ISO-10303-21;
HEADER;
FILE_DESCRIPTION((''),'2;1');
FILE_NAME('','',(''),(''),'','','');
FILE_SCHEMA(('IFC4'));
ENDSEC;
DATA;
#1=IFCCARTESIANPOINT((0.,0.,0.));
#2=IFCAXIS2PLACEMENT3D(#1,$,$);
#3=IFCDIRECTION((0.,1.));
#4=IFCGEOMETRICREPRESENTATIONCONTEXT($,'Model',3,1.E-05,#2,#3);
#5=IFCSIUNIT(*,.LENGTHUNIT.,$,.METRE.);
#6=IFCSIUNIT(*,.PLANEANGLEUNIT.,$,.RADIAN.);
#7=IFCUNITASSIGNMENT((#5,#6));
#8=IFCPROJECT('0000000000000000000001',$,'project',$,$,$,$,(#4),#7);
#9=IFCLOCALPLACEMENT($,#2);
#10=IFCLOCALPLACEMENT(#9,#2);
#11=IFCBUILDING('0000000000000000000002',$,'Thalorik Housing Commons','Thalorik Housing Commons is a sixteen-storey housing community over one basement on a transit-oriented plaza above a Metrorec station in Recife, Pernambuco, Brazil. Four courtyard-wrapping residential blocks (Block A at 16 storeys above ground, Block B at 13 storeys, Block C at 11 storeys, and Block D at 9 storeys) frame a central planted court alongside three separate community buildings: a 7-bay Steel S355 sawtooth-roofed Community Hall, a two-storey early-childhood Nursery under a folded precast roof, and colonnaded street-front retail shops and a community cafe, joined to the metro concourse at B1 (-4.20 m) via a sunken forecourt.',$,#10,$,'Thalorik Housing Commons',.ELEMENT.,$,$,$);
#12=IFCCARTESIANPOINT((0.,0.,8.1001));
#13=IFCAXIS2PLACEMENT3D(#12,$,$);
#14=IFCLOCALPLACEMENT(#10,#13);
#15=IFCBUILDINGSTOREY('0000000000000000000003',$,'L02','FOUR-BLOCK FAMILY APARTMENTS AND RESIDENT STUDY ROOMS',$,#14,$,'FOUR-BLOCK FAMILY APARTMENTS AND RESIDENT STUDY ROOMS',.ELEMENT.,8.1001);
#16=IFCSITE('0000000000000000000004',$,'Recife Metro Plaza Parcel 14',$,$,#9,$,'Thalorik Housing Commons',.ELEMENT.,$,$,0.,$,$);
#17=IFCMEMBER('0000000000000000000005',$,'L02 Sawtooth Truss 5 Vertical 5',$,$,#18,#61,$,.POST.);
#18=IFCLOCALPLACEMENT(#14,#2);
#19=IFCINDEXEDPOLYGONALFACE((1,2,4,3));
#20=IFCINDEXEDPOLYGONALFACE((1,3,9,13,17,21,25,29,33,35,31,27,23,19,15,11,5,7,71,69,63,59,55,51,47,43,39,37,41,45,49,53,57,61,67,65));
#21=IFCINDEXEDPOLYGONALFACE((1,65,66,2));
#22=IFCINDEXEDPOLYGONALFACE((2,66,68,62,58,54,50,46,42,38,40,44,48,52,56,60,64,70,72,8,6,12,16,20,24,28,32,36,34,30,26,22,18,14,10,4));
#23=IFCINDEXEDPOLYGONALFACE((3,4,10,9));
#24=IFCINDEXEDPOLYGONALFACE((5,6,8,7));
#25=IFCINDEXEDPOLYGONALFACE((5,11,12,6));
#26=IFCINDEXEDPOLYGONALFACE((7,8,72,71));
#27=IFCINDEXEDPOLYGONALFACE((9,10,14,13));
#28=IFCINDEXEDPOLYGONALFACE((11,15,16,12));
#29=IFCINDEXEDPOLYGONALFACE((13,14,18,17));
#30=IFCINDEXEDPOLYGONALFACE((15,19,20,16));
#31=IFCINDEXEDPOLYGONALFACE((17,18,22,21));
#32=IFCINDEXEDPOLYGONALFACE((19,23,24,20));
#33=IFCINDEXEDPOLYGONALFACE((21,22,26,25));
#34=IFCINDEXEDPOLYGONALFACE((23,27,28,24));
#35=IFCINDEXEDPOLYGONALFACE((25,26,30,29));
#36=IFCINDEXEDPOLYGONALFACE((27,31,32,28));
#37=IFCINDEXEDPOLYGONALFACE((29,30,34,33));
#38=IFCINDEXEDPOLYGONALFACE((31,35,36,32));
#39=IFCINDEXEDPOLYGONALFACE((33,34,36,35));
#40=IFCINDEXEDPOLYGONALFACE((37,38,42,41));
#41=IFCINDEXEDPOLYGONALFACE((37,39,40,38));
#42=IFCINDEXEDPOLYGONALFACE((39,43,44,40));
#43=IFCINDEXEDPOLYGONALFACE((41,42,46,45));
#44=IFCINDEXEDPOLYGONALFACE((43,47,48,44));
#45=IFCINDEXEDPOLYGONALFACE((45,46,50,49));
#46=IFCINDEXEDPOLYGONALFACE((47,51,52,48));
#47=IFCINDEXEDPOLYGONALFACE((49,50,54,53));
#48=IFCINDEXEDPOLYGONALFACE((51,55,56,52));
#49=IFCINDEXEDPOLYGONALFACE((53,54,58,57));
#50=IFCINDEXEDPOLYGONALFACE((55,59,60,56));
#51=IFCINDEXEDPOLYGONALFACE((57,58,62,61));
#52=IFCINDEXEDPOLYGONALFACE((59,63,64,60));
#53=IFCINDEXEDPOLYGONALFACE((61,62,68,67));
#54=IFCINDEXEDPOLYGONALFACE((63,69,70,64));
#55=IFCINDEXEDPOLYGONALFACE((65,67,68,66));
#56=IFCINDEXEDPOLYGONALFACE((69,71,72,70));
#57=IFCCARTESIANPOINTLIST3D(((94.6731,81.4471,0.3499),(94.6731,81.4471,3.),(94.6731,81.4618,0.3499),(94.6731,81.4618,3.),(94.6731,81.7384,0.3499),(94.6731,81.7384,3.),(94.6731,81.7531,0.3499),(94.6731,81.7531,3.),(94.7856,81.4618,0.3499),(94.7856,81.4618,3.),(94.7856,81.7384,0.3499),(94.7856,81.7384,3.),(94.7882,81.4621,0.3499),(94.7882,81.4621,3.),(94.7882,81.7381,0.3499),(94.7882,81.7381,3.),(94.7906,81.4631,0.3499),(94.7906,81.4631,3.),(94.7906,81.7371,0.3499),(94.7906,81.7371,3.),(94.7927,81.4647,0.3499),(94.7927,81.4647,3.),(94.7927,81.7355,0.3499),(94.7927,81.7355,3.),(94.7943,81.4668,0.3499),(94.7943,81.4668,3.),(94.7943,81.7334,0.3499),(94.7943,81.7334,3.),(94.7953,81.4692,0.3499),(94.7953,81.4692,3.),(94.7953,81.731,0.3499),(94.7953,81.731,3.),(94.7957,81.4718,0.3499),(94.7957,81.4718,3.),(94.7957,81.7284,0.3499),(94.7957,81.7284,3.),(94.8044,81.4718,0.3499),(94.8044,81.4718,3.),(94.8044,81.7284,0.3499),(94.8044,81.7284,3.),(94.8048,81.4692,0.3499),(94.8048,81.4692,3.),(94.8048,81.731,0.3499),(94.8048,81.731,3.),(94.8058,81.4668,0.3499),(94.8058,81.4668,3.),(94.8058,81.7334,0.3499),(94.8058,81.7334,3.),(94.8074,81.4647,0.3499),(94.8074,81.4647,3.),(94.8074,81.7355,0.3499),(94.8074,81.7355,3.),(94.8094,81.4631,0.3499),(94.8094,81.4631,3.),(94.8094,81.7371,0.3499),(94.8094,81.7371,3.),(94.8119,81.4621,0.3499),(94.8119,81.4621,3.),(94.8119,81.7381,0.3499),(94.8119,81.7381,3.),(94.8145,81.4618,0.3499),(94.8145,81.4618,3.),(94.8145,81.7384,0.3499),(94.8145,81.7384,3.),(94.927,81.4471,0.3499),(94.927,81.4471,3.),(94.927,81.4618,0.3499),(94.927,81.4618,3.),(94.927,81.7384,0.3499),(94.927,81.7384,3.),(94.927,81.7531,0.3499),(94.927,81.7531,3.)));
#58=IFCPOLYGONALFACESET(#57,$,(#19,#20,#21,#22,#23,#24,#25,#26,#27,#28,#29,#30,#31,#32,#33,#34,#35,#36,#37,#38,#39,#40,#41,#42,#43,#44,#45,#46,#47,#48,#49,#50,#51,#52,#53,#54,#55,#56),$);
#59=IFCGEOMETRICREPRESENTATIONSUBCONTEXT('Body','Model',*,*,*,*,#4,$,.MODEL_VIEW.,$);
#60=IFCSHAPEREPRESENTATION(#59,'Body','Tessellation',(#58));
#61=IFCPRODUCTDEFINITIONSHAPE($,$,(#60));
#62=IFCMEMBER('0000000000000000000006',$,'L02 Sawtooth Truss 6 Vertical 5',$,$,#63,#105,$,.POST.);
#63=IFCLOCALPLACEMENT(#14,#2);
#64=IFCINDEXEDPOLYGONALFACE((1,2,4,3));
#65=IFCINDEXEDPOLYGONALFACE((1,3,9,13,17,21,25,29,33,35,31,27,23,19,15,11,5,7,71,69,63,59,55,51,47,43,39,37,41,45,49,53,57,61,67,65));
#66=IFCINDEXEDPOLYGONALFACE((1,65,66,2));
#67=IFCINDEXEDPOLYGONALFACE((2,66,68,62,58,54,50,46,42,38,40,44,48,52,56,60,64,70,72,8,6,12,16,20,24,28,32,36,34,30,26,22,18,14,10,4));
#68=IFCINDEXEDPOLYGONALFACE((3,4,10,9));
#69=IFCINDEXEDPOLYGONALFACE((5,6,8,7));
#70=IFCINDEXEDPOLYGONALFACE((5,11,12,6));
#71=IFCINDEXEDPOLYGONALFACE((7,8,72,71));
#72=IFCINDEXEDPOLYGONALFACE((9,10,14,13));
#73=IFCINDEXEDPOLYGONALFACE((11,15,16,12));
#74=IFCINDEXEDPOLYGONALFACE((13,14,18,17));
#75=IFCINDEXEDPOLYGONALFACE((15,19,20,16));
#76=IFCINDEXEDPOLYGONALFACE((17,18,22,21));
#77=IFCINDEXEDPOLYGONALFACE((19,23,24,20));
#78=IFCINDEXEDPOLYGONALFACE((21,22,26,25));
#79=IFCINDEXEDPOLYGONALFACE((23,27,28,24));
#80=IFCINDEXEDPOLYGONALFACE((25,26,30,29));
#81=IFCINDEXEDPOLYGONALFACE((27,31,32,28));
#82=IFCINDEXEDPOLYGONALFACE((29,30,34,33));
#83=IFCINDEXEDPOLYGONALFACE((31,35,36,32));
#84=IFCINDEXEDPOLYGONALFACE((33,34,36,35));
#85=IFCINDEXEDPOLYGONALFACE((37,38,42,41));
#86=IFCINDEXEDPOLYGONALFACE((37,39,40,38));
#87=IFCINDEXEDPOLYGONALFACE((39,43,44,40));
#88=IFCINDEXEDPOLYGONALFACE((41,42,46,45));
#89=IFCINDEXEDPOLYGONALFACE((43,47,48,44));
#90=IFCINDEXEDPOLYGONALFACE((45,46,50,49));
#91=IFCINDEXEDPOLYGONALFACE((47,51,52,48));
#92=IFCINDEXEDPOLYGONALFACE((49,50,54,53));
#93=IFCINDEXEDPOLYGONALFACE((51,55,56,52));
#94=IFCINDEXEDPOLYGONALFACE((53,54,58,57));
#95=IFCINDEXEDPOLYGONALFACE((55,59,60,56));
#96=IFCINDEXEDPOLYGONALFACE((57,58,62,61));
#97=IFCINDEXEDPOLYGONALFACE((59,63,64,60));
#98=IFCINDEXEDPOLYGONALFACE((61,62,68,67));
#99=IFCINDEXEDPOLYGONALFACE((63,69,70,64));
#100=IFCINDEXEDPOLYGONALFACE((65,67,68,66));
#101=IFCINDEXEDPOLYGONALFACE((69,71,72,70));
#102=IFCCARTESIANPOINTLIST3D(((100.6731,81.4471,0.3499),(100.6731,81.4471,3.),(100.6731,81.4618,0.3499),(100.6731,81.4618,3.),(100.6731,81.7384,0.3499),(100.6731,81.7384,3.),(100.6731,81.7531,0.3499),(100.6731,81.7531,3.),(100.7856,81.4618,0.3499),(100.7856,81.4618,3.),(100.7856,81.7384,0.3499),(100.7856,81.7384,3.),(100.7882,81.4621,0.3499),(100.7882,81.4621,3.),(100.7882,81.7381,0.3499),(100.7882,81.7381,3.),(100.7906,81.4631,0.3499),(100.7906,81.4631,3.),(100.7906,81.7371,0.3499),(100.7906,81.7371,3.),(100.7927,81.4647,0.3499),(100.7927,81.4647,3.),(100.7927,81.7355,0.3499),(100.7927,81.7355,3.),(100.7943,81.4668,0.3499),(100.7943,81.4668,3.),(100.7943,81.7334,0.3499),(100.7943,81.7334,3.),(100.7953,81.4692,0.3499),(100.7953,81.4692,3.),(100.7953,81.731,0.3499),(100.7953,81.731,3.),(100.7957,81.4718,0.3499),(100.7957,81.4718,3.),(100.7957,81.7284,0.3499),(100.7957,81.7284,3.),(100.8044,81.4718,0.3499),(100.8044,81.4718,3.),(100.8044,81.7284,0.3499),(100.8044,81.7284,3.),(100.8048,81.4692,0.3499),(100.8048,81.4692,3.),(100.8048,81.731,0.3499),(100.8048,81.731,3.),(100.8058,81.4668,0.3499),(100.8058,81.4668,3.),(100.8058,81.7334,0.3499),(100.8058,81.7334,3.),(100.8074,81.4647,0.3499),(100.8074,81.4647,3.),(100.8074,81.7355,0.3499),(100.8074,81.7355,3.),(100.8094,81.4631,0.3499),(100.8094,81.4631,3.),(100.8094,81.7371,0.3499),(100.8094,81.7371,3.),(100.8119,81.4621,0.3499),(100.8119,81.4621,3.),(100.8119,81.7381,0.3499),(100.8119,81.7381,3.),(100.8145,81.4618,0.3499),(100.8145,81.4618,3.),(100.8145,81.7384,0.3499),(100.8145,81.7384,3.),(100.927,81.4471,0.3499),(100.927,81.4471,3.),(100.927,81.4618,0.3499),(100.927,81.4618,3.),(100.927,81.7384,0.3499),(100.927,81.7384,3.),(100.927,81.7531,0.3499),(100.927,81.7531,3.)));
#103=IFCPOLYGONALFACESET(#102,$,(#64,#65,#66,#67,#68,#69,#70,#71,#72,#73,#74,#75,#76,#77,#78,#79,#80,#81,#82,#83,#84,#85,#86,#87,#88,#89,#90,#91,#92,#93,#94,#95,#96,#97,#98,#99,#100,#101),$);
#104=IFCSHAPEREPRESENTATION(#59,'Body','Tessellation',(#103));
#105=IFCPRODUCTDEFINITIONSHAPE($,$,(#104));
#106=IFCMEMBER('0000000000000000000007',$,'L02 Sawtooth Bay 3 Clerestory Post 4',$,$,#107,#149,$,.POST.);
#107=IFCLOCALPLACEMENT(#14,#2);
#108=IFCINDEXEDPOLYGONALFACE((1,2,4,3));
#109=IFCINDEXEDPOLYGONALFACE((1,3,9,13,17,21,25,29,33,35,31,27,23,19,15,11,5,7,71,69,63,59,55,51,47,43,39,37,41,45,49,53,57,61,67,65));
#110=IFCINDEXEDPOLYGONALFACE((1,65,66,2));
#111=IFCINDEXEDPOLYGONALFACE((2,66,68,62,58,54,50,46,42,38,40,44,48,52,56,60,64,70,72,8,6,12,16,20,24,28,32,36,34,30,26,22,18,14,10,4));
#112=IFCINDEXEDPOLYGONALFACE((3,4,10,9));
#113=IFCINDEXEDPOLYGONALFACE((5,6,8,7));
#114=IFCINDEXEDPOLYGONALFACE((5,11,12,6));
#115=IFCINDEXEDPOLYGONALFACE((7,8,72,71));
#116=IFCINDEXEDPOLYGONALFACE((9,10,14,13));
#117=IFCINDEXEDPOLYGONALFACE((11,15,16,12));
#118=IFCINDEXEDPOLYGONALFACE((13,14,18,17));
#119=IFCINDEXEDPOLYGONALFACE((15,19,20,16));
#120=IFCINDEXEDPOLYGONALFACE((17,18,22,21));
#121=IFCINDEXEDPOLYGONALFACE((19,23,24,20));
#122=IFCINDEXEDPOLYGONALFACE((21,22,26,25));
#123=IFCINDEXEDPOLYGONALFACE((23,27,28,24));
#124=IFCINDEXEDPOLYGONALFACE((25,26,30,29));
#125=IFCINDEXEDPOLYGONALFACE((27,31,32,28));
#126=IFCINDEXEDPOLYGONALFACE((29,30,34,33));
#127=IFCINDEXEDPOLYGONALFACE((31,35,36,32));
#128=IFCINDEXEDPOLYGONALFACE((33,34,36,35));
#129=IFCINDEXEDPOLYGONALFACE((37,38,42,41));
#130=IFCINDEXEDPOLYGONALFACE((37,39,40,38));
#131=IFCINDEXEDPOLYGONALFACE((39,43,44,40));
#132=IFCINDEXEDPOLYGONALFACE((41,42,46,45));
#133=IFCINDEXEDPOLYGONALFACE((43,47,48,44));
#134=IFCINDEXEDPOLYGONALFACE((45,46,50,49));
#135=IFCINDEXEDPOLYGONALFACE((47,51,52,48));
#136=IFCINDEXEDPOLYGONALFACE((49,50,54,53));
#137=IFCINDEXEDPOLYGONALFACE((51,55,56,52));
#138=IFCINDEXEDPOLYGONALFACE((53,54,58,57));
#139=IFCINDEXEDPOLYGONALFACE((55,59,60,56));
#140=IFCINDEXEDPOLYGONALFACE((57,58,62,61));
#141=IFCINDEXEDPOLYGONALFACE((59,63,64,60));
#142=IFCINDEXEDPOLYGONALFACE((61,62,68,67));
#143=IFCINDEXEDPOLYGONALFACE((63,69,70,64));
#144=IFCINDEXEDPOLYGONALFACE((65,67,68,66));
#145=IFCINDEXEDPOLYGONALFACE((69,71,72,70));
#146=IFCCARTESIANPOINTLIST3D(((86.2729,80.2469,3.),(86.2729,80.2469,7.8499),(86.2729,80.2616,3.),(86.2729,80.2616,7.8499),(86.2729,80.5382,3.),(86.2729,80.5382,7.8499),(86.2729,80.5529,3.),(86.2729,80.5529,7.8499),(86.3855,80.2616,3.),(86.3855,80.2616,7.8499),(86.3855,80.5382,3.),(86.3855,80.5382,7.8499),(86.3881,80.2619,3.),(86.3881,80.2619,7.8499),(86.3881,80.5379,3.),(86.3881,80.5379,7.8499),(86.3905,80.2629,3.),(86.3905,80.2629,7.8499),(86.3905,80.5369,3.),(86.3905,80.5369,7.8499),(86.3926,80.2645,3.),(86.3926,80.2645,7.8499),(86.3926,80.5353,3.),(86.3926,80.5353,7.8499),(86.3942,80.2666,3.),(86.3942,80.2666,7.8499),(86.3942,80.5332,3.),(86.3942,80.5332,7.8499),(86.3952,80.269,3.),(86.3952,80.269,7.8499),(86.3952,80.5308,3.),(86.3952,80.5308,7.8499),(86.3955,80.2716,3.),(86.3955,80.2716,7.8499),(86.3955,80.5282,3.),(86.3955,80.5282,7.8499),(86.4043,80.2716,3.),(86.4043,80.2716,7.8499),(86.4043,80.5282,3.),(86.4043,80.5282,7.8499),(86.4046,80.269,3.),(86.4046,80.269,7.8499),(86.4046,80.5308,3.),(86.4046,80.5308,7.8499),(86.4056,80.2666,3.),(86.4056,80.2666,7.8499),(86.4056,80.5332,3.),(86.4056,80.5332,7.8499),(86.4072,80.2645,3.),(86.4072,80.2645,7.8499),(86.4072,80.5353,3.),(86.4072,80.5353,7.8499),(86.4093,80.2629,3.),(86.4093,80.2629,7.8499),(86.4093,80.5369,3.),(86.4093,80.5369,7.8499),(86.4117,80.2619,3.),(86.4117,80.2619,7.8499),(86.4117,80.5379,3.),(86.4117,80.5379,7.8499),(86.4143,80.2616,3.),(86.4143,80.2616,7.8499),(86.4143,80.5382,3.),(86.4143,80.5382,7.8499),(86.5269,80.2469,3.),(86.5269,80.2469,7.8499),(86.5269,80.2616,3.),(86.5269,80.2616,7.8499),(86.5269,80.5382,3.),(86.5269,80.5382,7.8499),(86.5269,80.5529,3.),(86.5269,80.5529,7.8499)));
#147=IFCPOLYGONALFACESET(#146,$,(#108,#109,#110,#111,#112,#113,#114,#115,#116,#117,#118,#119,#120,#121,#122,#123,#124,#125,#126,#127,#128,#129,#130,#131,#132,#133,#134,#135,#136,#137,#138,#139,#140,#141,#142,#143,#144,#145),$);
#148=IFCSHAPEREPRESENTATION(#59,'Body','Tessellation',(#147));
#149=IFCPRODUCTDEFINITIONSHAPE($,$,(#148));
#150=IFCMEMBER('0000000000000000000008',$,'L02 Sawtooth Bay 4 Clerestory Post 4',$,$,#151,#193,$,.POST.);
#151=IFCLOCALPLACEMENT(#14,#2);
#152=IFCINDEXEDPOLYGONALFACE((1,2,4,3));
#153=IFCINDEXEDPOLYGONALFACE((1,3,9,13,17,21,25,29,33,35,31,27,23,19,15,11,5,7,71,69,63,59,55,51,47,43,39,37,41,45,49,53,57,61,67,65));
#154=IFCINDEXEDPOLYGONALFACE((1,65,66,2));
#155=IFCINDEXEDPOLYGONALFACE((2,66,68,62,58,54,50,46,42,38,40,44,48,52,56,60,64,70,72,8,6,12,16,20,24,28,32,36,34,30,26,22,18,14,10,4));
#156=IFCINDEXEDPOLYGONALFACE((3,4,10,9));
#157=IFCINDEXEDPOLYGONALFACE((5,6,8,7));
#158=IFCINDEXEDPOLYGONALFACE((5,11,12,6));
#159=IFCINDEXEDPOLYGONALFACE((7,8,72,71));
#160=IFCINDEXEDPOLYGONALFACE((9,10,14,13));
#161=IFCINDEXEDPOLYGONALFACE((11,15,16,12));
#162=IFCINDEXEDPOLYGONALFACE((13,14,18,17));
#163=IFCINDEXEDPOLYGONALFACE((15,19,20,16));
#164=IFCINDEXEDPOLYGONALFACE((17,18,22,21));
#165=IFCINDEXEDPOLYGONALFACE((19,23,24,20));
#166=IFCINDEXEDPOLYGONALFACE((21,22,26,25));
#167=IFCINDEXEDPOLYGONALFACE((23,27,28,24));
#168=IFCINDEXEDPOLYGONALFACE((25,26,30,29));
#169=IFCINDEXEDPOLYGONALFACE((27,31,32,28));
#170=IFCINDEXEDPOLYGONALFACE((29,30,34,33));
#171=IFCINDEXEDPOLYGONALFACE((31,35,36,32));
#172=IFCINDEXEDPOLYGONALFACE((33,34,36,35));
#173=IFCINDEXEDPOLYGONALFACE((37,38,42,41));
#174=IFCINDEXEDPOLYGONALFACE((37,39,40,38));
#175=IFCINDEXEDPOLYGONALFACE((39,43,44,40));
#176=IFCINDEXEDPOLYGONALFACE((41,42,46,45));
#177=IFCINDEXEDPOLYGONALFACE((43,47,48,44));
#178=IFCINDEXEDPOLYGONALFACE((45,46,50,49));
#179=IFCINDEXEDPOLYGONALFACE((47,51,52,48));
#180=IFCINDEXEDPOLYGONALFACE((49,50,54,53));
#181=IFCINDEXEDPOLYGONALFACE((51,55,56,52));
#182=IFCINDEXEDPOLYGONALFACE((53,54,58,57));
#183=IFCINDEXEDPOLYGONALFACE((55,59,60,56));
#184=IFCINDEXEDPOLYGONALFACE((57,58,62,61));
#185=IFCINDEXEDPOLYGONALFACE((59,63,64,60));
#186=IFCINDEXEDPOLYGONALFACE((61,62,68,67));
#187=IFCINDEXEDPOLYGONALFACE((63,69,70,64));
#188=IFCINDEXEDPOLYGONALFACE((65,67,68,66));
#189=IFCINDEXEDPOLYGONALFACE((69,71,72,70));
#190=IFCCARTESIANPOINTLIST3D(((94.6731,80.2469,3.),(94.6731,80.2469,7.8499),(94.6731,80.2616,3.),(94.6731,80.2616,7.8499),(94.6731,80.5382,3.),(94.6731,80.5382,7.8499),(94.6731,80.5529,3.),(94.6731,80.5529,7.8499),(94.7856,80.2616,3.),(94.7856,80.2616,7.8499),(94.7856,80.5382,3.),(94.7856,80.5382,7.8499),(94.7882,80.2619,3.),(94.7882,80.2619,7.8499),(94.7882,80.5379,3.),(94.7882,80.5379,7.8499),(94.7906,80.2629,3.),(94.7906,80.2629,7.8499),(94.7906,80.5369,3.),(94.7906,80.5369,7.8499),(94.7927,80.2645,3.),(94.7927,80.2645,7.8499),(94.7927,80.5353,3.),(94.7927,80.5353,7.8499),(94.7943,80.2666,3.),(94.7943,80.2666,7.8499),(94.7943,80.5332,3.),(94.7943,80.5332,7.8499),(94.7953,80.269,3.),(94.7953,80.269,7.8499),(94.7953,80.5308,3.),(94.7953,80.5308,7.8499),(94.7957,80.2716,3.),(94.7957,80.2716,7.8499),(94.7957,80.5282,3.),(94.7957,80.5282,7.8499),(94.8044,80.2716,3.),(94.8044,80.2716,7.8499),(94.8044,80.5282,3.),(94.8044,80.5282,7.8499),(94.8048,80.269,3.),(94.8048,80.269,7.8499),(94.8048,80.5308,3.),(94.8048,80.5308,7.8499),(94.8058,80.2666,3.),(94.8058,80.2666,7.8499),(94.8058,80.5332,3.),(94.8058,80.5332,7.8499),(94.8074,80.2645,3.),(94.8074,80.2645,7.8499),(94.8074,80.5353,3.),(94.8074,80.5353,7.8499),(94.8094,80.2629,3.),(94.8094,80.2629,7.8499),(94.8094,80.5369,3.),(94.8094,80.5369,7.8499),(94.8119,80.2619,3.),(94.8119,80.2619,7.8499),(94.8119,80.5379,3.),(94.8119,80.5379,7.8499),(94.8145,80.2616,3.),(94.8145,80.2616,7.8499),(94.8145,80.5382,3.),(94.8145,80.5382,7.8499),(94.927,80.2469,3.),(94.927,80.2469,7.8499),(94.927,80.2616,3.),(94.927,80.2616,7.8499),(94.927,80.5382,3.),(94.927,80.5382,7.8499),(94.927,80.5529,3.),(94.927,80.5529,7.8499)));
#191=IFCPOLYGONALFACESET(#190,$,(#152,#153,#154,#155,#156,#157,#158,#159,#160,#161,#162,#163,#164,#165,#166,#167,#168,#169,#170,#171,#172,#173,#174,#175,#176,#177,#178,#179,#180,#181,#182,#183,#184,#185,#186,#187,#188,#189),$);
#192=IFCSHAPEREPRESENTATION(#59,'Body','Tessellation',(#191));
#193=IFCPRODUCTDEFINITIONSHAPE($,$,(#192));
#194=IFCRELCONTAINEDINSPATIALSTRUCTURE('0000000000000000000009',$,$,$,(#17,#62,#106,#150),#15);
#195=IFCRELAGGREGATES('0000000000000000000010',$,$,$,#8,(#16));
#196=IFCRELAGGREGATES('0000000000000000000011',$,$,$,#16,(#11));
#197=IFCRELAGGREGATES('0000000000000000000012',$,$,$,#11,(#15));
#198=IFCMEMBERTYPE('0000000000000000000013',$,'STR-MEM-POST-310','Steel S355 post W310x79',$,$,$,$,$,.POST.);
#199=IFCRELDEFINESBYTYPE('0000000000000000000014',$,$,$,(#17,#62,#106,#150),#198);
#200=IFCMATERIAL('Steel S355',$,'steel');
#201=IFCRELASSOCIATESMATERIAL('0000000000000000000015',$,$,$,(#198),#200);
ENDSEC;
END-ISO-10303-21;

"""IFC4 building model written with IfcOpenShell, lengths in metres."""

from ifc_helpers import new_model, si_unit, direction, frame, origin, origin_2d, place, context, subcontext, project, spatial, i_section, extrude, material, material_profile, profile_set, type_object, element, save


model = new_model("IFC4")

# Units and contexts
model_context = context("Model", 3, precision=1e-05, world=origin(), true_north=direction((0.0, 1.0)))
body_context = subcontext(model_context, "Body", "Model", "MODEL_VIEW")
ifc_project = project(units=[si_unit("LENGTHUNIT", "METRE"), si_unit("PLANEANGLEUNIT", "RADIAN")], contexts=[model_context])

# Site, building, storey
site_placement = place(None, origin())
site = spatial("IfcSite", under=ifc_project, at=site_placement, Name="Recife Metro Plaza Parcel 14", LongName="Thalorik Housing Commons", CompositionType="ELEMENT", RefElevation=0.0)
building_placement = place(site_placement, origin())
building = spatial("IfcBuilding", under=site, at=building_placement, Name="Thalorik Housing Commons", Description="Thalorik Housing Commons is a sixteen-storey housing community over one basement on a transit-oriented plaza above a Metrorec station in Recife, Pernambuco, Brazil. Four courtyard-wrapping residential blocks (Block A at 16 storeys above ground, Block B at 13 storeys, Block C at 11 storeys, and Block D at 9 storeys) frame a central planted court alongside three separate community buildings: a 7-bay Steel S355 sawtooth-roofed Community Hall, a two-storey early-childhood Nursery under a folded precast roof, and colonnaded street-front retail shops and a community cafe, joined to the metro concourse at B1 (-4.20 m) via a sunken forecourt.", LongName="Thalorik Housing Commons", CompositionType="ELEMENT")
storey_placement = place(building_placement, frame((0.0, 0.0, 8.1001)))
storey = spatial("IfcBuildingStorey", under=building, at=storey_placement, Name="L02", Description="FOUR-BLOCK FAMILY APARTMENTS AND RESIDENT STUDY ROOMS", LongName="FOUR-BLOCK FAMILY APARTMENTS AND RESIDENT STUDY ROOMS", CompositionType="ELEMENT", Elevation=8.1001)

# Shared definitions
ifc_material_1 = material(Name="Steel S355", Category="steel")

# Members
ifc_material_profile_1 = material_profile(ifc_material_1, i_section(OverallWidth=0.2539, OverallDepth=0.3059, WebThickness=0.0088, FlangeThickness=0.0146, FilletRadius=0.01, at=origin_2d()), Name="W310x79", Category="steel")
ifc_profile_set_1 = profile_set([ifc_material_profile_1], Name="Steel S355")
member_type_1 = type_object("IfcMemberType", Name="STR-MEM-POST-310", Description="Steel S355 post W310x79", PredefinedType="POST", material=ifc_profile_set_1)
for number, where, z_axis, x_axis, name in (
    (1, (94.8, 81.6001, 0.3499), (0.0, 0.0, 1.0), (1.0, 0.0, 0.0), "L02 Sawtooth Truss 5 Vertical 5"),
    (2, (100.8, 81.6001, 0.3499), (0.0, 0.0, 1.0), (1.0, 0.0, 0.0), "L02 Sawtooth Truss 6 Vertical 5"),
):
    element("IfcMember", number, at=place(storey_placement, frame(where, z_axis=z_axis, x_axis=x_axis)), inside=storey, type_object=member_type_1, Name=name, PredefinedType="POST", context=body_context, shape_type="SweptSolid", body=[
        extrude(i_section(OverallWidth=0.2539, OverallDepth=0.3059, WebThickness=0.0088, FlangeThickness=0.0146, FilletRadius=0.01, at=origin_2d()), origin(), (0.0, 0.0, 1.0), 2.6501),
    ])
for number, where, z_axis, x_axis, name in (
    (3, (86.3999, 80.3999, 3.0), (0.0, 0.0, 1.0), (1.0, 0.0, 0.0), "L02 Sawtooth Bay 3 Clerestory Post 4"),
    (4, (94.8, 80.3999, 3.0), (0.0, 0.0, 1.0), (1.0, 0.0, 0.0), "L02 Sawtooth Bay 4 Clerestory Post 4"),
):
    element("IfcMember", number, at=place(storey_placement, frame(where, z_axis=z_axis, x_axis=x_axis)), inside=storey, type_object=member_type_1, Name=name, PredefinedType="POST", context=body_context, shape_type="SweptSolid", body=[
        extrude(i_section(OverallWidth=0.2539, OverallDepth=0.3059, WebThickness=0.0088, FlangeThickness=0.0146, FilletRadius=0.01, at=origin_2d()), origin(), (0.0, 0.0, 1.0), 4.8499),
    ])

save(model, "model.ifc")
